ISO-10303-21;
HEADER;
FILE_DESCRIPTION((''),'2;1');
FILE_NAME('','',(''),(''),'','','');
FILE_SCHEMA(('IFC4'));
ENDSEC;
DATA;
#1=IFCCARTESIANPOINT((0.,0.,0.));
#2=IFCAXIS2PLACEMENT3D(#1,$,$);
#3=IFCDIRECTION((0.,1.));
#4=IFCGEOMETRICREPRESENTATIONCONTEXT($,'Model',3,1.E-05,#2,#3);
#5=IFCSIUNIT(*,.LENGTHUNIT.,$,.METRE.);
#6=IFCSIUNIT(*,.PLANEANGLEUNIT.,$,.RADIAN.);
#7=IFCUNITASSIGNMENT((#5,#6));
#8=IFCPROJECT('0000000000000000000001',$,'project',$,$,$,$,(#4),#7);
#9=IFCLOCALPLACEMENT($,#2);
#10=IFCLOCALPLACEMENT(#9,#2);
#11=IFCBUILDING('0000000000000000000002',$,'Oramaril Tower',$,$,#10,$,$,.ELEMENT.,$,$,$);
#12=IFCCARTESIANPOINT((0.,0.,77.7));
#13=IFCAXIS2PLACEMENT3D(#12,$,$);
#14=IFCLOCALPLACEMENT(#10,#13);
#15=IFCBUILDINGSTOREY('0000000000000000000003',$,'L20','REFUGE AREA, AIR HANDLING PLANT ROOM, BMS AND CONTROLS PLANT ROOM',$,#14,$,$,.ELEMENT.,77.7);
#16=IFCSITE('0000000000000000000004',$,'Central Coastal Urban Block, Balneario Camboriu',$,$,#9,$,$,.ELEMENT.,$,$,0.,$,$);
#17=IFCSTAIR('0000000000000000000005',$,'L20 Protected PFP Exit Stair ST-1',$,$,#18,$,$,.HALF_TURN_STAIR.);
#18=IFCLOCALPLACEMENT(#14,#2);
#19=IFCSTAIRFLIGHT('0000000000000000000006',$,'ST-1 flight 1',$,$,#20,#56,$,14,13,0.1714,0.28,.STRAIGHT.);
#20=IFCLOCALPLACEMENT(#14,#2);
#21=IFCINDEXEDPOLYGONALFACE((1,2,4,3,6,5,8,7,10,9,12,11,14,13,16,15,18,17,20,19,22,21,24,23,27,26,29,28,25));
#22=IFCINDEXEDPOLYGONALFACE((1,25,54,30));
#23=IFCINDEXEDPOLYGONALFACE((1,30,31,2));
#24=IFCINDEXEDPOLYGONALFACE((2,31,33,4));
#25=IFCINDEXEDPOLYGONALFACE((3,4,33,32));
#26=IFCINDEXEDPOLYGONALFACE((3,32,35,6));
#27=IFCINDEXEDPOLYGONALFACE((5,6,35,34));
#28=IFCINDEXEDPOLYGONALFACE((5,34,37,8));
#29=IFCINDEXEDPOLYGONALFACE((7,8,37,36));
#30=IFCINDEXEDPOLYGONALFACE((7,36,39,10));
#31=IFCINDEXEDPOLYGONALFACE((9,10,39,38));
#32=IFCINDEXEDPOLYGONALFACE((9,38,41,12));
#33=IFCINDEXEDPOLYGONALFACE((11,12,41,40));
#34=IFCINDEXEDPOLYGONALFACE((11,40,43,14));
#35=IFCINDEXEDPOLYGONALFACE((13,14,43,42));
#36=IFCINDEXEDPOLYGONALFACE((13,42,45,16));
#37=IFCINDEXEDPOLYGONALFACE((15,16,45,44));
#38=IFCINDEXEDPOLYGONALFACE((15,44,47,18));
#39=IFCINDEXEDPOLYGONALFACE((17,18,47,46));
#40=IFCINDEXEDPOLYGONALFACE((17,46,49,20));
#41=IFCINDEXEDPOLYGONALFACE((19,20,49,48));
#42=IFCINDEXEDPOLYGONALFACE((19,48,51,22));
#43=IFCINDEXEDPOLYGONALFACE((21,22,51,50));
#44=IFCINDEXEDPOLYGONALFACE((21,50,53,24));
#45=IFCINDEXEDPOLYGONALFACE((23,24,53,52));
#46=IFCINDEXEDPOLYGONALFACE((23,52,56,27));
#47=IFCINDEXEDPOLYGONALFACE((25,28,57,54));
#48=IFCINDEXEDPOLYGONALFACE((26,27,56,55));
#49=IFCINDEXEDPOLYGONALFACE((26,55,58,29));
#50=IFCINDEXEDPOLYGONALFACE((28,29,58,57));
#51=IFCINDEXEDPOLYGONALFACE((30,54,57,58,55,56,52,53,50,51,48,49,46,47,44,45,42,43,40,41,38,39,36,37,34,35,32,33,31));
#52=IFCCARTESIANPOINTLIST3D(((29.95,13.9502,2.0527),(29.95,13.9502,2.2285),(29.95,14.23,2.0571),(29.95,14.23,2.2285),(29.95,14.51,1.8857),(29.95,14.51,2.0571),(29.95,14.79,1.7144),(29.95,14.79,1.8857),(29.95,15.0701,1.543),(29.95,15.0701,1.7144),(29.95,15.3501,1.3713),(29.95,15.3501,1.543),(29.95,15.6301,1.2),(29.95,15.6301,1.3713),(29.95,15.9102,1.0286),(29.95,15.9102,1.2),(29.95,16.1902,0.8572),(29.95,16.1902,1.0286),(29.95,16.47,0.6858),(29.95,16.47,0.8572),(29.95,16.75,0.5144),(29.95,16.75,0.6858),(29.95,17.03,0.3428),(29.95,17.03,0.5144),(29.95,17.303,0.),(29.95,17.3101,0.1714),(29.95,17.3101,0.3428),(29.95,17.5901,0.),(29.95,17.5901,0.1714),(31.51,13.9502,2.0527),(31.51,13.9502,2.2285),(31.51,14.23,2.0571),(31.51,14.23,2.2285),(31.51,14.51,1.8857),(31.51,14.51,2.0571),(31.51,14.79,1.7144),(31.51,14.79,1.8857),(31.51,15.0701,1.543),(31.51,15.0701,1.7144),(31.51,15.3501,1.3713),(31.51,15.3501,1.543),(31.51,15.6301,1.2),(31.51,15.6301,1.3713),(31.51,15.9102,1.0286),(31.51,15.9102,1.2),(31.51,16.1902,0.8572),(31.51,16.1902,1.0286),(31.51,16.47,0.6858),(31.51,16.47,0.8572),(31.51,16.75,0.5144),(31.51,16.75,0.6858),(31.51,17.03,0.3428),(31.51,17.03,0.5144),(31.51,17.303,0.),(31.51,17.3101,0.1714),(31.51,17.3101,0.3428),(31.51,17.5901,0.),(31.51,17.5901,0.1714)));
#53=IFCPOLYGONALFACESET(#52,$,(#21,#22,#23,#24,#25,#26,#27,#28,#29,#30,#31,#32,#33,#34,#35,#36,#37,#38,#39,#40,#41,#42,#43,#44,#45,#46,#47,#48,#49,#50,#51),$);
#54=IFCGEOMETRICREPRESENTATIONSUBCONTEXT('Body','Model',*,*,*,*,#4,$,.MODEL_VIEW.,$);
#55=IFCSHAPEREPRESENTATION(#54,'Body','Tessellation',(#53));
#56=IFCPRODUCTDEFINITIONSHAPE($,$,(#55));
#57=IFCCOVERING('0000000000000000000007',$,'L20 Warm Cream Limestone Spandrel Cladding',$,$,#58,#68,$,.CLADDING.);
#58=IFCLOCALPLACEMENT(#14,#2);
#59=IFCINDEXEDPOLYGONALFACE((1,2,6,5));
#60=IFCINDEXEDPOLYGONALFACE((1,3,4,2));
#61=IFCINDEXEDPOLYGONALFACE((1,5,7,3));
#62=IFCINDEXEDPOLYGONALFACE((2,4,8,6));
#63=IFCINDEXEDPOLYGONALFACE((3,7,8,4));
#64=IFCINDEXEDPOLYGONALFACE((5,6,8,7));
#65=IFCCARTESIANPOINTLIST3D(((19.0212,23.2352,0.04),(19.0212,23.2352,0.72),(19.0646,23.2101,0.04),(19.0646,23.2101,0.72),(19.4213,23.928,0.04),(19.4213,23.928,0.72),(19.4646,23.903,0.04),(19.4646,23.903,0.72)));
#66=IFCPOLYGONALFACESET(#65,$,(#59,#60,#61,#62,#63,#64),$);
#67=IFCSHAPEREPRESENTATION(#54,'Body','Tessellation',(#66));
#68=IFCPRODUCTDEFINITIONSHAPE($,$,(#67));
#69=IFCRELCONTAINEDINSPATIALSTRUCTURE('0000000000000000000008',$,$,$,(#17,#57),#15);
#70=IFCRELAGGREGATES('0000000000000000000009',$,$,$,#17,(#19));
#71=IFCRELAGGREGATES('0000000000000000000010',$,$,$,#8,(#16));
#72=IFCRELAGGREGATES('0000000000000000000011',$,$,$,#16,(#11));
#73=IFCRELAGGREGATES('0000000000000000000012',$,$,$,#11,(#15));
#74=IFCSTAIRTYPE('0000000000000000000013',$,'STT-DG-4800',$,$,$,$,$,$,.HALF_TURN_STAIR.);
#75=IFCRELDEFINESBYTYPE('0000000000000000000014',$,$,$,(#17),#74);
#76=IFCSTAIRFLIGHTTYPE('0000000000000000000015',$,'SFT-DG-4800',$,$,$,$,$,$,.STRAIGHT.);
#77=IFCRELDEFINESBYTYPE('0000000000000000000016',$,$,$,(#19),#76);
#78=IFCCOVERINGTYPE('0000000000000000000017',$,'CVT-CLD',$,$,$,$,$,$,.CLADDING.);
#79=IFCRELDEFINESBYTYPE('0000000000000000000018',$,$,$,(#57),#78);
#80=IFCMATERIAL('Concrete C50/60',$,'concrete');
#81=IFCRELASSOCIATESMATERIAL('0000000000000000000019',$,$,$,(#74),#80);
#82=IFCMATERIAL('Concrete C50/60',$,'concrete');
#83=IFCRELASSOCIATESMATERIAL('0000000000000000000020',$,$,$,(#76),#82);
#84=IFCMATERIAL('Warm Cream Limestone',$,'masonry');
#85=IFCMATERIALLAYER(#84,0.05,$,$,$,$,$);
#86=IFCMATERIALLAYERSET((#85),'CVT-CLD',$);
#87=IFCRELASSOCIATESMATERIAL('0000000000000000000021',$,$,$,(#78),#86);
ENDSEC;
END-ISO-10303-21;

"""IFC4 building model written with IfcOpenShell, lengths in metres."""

from ifc_helpers import new_model, si_unit, direction, frame, origin, origin_2d, place, context, subcontext, project, spatial, polyline, rectangle, outline, extrude, material, layer, layer_set, type_object, element, aggregate, save


model = new_model("IFC4")

# Units and contexts
model_context = context("Model", 3, precision=1e-05, world=origin(), true_north=direction((0.0, 1.0)))
body_context = subcontext(model_context, "Body", "Model", "MODEL_VIEW")
ifc_project = project(units=[si_unit("LENGTHUNIT", "METRE"), si_unit("PLANEANGLEUNIT", "RADIAN")], contexts=[model_context])

# Site, building, storey
site_placement = place(None, origin())
site = spatial("IfcSite", under=ifc_project, at=site_placement, Name="Central Coastal Urban Block, Balneario Camboriu", CompositionType="ELEMENT", RefElevation=0.0)
building_placement = place(site_placement, origin())
building = spatial("IfcBuilding", under=site, at=building_placement, Name="Oramaril Tower", CompositionType="ELEMENT")
storey_placement = place(building_placement, frame((0.0, 0.0, 77.7)))
storey = spatial("IfcBuildingStorey", under=building, at=storey_placement, Name="L20", Description="REFUGE AREA, AIR HANDLING PLANT ROOM, BMS AND CONTROLS PLANT ROOM", CompositionType="ELEMENT", Elevation=77.7)

# Stair, stair flight
ifc_material_1 = material(Name="Concrete C50/60", Category="concrete")
stair_type = type_object("IfcStairType", Name="STT-DG-4800", PredefinedType="HALF_TURN_STAIR", material=ifc_material_1)
stair_placement = place(storey_placement, origin())
stair = element("IfcStair", 1, at=stair_placement, inside=storey, type_object=stair_type, Name="L20 Protected PFP Exit Stair ST-1", PredefinedType="HALF_TURN_STAIR")
ifc_material_2 = material(Name="Concrete C50/60", Category="concrete")
stair_flight_type = type_object("IfcStairFlightType", Name="SFT-DG-4800", PredefinedType="STRAIGHT", material=ifc_material_2)
stair_flight_placement = place(storey_placement, frame((30.73, 17.5901, 0.0), z_axis=(0.0, 0.0, 1.0), x_axis=(0.0, -1.0, 0.0)))
stair_flight = element("IfcStairFlight", 2, at=stair_flight_placement, type_object=stair_flight_type, Name="ST-1 flight 1", NumberOfRisers=14, NumberOfTreads=13, PredefinedType="STRAIGHT", RiserHeight=0.1714, TreadLength=0.28, context=body_context, shape_type="SweptSolid", body=[
    extrude(outline(polyline([(0.0, 0.0), (0.0, 0.1714), (0.28, 0.1714), (0.28, 0.3428), (0.5601, 0.3428), (0.5601, 0.5144), (0.8401, 0.5144), (0.8401, 0.6858), (1.1201, 0.6858), (1.1201, 0.8572), (1.3999, 0.8572), (1.3999, 1.0286), (1.6799, 1.0286), (1.6799, 1.2), (1.96, 1.2), (1.96, 1.3713), (2.24, 1.3713), (2.24, 1.543), (2.52, 1.543), (2.52, 1.7144), (2.8, 1.7144), (2.8, 1.8857), (3.0801, 1.8857), (3.0801, 2.0571), (3.3601, 2.0571), (3.3601, 2.2285), (3.6399, 2.2285), (3.6399, 2.3999), (3.6399, 2.0527), (0.2871, 0.0), (0.0, 0.0)])), frame((0.0, 0.78, 0.0), z_axis=(0.0, -1.0, 0.0), x_axis=(1.0, 0.0, 0.0)), (0.0, 0.0, 1.0), 1.5601),
])
aggregate(stair, [stair_flight])

# Covering
ifc_material_3 = material(Name="Warm Cream Limestone", Category="masonry")
ifc_layer_1 = layer(ifc_material_3, 0.05)
ifc_layer_set_1 = layer_set([ifc_layer_1], Name="CVT-CLD")
covering_type = type_object("IfcCoveringType", Name="CVT-CLD", PredefinedType="CLADDING", material=ifc_layer_set_1)
covering_placement = place(storey_placement, frame((19.2429, 23.5691, 0.04), z_axis=(0.0, 0.0, 1.0), x_axis=(-0.499998, -0.866026, 0.0)))
element("IfcCovering", 3, at=covering_placement, inside=storey, type_object=covering_type, Name="L20 Warm Cream Limestone Spandrel Cladding", PredefinedType="CLADDING", context=body_context, shape_type="SweptSolid", body=[
    extrude(rectangle(XDim=0.8, YDim=0.05, at=origin_2d()), origin(), (0.0, 0.0, 1.0), 0.6799),
])

save(model, "model.ifc")
